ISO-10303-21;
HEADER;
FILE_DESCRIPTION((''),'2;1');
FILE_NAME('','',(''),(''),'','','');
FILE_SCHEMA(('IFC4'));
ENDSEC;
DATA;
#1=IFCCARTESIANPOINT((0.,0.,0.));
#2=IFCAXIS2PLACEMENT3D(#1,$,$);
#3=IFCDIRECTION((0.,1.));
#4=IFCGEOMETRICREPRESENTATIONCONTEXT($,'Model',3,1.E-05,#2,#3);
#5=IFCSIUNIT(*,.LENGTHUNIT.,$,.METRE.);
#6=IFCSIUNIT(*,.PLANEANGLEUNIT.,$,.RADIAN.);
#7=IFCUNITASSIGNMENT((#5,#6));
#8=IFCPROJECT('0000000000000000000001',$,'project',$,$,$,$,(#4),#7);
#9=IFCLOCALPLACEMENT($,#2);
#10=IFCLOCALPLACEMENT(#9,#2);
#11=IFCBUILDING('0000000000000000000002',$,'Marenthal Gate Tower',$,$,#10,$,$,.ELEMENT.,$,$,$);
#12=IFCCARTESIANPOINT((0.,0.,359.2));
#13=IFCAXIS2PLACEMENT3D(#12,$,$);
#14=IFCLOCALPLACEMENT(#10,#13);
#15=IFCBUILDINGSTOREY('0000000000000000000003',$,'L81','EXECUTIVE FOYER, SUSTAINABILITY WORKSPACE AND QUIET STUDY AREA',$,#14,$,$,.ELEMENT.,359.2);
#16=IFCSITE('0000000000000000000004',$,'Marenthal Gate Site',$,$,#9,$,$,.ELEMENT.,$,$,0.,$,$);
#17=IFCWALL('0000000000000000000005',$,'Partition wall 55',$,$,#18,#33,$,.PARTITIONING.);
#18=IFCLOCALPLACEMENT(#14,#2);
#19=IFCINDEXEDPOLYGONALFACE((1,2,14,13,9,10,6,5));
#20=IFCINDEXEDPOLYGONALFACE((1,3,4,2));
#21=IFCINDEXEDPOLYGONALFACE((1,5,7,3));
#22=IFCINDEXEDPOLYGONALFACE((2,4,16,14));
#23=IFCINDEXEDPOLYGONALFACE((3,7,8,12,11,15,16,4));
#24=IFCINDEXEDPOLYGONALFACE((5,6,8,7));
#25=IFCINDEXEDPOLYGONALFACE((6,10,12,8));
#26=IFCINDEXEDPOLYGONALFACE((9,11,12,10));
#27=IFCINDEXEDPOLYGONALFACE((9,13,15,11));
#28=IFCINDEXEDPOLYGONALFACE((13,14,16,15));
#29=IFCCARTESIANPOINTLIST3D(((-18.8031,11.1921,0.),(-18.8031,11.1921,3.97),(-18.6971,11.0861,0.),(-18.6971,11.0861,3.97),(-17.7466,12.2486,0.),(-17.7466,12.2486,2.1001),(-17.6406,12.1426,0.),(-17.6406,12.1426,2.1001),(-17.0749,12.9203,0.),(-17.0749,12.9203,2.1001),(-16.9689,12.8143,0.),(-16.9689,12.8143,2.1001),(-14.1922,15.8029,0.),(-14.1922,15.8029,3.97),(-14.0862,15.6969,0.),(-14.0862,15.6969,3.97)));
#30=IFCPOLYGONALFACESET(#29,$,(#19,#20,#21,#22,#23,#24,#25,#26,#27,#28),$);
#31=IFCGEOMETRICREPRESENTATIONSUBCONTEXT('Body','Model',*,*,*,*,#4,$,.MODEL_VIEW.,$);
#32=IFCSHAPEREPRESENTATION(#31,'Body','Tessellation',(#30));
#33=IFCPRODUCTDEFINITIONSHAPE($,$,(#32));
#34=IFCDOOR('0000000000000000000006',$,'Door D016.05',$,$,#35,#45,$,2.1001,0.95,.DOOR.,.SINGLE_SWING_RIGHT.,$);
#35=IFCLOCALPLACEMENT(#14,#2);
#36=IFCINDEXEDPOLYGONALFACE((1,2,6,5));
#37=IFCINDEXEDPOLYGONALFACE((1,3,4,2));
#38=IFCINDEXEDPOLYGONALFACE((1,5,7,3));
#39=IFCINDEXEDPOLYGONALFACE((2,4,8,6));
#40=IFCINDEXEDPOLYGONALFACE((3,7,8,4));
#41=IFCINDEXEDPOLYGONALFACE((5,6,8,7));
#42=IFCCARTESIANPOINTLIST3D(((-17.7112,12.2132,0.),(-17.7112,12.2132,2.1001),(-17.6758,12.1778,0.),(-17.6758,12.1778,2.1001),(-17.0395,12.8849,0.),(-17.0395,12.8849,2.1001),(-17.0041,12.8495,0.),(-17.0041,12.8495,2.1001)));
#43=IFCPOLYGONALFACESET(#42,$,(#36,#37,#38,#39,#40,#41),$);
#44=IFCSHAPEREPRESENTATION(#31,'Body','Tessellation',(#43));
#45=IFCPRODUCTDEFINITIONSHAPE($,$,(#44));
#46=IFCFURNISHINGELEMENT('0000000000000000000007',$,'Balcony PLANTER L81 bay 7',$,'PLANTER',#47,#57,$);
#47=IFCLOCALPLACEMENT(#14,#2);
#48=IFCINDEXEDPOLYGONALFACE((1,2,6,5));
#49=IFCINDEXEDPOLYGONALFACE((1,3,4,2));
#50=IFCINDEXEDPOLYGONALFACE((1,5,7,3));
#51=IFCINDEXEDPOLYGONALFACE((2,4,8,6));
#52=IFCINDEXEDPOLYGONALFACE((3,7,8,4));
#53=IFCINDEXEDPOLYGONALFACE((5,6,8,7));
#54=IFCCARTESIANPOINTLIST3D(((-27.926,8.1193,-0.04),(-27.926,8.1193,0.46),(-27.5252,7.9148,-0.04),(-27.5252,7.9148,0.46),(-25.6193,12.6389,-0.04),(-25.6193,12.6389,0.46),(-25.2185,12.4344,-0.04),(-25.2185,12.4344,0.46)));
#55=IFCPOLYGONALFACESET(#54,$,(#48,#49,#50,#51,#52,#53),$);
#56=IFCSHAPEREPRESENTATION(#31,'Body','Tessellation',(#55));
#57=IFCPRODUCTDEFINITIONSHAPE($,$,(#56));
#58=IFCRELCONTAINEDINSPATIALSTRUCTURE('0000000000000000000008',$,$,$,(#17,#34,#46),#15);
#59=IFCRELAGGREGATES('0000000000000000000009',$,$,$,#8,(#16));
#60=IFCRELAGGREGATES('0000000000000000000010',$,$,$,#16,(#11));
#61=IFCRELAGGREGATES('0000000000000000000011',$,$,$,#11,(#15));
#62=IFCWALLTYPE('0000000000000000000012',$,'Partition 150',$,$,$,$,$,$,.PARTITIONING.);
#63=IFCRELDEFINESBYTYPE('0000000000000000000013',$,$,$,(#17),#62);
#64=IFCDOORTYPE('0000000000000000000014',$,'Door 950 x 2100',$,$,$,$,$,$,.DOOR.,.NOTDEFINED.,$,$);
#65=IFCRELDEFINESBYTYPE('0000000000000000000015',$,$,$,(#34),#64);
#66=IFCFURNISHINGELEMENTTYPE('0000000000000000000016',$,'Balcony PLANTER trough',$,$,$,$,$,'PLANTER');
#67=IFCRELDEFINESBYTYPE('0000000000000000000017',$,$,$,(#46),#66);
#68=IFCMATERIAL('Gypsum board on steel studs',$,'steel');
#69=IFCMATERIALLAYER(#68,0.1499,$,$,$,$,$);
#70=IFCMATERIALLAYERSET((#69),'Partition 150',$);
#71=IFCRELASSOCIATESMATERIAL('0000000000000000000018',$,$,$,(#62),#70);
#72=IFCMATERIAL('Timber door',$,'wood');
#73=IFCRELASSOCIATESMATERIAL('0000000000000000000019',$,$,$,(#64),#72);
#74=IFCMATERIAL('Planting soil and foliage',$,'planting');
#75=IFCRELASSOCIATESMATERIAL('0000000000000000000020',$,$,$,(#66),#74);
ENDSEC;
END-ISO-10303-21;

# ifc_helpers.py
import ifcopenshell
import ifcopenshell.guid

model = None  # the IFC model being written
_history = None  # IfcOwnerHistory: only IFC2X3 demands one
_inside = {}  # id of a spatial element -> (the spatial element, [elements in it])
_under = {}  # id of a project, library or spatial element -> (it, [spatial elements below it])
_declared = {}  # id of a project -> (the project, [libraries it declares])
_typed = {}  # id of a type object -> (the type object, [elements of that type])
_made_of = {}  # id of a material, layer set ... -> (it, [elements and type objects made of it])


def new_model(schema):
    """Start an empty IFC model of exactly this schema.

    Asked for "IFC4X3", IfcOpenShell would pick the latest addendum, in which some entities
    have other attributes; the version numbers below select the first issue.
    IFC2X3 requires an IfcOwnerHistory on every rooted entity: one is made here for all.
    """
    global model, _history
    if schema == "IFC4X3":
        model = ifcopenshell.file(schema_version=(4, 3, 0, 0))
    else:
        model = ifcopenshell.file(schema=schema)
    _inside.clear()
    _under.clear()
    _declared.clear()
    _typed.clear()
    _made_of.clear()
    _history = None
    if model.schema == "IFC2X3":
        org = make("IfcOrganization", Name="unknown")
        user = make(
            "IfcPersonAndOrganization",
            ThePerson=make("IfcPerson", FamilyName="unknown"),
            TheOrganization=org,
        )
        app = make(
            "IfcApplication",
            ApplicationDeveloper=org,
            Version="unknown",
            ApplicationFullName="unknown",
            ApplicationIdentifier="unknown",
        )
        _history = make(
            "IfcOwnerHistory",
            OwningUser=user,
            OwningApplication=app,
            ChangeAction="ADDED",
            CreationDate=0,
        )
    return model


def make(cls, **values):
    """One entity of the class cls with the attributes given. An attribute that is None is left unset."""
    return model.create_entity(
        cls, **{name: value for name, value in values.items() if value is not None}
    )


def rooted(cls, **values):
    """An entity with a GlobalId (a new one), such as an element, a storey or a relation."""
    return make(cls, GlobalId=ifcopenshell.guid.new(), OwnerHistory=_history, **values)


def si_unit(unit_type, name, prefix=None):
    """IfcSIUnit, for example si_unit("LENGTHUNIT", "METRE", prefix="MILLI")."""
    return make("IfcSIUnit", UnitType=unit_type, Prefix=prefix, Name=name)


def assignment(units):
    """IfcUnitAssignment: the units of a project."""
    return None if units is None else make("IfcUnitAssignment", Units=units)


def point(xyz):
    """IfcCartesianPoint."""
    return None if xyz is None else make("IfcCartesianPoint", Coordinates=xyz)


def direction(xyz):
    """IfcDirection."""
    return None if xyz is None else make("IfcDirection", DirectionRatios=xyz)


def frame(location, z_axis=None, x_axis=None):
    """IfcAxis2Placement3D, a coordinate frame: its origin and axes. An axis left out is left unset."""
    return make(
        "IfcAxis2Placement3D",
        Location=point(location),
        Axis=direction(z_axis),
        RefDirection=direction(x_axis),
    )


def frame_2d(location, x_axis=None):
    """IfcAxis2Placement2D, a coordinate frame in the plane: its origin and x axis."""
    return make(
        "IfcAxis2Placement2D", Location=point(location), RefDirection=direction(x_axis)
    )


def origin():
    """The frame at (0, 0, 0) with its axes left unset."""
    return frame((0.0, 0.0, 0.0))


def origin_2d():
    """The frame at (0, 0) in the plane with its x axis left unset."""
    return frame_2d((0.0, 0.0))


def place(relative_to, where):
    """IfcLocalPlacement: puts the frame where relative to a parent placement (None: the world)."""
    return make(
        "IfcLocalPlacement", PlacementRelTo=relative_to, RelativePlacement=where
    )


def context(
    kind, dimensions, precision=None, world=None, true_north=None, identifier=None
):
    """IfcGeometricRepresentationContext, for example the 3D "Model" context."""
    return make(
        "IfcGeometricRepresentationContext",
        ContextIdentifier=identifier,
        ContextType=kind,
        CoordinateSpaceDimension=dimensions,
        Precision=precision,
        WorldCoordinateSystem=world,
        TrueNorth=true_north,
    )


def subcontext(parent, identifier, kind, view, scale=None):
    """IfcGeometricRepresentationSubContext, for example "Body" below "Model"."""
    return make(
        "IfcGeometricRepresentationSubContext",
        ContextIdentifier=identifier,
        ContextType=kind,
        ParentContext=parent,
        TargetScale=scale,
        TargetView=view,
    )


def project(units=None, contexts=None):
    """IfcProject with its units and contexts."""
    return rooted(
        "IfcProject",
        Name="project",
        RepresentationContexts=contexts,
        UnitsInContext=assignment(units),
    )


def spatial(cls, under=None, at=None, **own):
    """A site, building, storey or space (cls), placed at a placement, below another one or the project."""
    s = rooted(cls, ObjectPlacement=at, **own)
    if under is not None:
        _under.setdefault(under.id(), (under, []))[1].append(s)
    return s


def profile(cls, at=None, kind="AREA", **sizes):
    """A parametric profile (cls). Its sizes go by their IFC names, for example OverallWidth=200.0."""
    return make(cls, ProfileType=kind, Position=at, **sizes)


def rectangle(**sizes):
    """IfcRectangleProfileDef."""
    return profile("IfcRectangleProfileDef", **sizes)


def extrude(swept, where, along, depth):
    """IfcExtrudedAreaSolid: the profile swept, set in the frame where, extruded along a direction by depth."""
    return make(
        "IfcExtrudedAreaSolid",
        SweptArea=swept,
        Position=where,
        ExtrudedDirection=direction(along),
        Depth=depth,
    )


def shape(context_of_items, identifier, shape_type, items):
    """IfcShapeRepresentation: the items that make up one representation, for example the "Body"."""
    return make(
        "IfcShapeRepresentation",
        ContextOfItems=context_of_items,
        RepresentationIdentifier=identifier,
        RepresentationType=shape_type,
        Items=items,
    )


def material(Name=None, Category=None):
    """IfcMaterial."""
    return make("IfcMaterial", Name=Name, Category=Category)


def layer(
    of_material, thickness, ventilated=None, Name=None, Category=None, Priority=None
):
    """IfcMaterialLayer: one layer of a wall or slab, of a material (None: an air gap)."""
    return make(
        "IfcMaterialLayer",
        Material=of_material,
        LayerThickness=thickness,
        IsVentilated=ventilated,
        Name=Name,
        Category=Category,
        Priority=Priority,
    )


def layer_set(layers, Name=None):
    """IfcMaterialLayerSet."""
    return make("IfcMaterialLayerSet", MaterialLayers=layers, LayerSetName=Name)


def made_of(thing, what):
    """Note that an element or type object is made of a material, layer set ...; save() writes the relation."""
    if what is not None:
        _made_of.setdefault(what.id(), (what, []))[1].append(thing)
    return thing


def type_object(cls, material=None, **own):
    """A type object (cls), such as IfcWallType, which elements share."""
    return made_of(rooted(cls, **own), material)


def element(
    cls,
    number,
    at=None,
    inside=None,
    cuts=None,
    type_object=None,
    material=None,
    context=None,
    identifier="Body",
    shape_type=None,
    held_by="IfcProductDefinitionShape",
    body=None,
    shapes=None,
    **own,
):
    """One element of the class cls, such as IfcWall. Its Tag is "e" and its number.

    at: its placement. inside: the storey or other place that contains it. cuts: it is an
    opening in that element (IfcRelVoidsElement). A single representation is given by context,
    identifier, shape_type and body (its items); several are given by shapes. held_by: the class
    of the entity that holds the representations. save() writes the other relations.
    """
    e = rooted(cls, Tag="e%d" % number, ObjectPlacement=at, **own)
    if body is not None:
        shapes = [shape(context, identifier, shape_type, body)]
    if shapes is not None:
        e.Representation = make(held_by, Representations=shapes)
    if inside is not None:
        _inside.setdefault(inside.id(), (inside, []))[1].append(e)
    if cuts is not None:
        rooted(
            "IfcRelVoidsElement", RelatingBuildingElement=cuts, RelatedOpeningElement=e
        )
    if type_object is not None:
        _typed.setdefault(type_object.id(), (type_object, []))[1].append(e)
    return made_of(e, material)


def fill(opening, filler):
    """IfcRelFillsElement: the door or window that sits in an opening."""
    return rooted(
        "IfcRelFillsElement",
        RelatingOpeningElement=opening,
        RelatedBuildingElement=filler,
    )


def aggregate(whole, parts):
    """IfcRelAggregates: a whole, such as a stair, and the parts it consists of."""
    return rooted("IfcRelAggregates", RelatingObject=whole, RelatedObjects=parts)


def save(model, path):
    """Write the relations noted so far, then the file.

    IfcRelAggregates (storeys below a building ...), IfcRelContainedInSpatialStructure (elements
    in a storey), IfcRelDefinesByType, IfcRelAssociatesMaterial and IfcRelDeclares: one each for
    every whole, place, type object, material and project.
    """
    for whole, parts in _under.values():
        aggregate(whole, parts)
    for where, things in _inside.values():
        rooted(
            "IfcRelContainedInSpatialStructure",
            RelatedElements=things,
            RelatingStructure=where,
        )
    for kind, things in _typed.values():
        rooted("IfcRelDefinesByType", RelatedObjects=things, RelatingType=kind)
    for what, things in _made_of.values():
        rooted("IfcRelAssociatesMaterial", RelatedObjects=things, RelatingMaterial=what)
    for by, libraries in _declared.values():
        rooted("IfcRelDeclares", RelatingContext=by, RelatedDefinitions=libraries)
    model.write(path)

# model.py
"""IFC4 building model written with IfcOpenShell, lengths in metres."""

from ifc_helpers import new_model, si_unit, direction, frame, frame_2d, origin, origin_2d, place, context, subcontext, project, spatial, rectangle, extrude, material, layer, layer_set, type_object, element, fill, save


model = new_model("IFC4")

# Units and contexts
model_context = context("Model", 3, precision=1e-05, world=origin(), true_north=direction((0.0, 1.0)))
body_context = subcontext(model_context, "Body", "Model", "MODEL_VIEW")
ifc_project = project(units=[si_unit("LENGTHUNIT", "METRE"), si_unit("PLANEANGLEUNIT", "RADIAN")], contexts=[model_context])

# Site, building, storey
site_placement = place(None, origin())
site = spatial("IfcSite", under=ifc_project, at=site_placement, Name="Marenthal Gate Site", CompositionType="ELEMENT", RefElevation=0.0)
building_placement = place(site_placement, origin())
building = spatial("IfcBuilding", under=site, at=building_placement, Name="Marenthal Gate Tower", CompositionType="ELEMENT")
storey_placement = place(building_placement, frame((0.0, 0.0, 359.2)))
storey = spatial("IfcBuildingStorey", under=building, at=storey_placement, Name="L81", Description="EXECUTIVE FOYER, SUSTAINABILITY WORKSPACE AND QUIET STUDY AREA", CompositionType="ELEMENT", Elevation=359.2)

# Wall, opening, door
ifc_material_1 = material(Name="Gypsum board on steel studs", Category="steel")
ifc_layer_1 = layer(ifc_material_1, 0.1499)
ifc_layer_set_1 = layer_set([ifc_layer_1], Name="Partition 150")
wall_type_1 = type_object("IfcWallType", Name="Partition 150", PredefinedType="PARTITIONING", material=ifc_layer_set_1)
wall_1_placement = place(storey_placement, frame((-18.75, 11.1392, 0.0), z_axis=(0.0, 0.0, 1.0), x_axis=(0.707107, 0.707107, 0.0)))
wall_1 = element("IfcWall", 1, at=wall_1_placement, inside=storey, type_object=wall_type_1, Name="Partition wall 55", PredefinedType="PARTITIONING", context=body_context, shape_type="SweptSolid", body=[
    extrude(rectangle(XDim=6.5208, YDim=0.1499, at=frame_2d((3.2603, 0.0))), origin(), (0.0, 0.0, 1.0), 3.97),
])
opening_1_placement = place(wall_1_placement, frame((1.4939, 0.0, 0.0)))
opening_1 = element("IfcOpeningElement", 2, at=opening_1_placement, cuts=wall_1, PredefinedType="OPENING", context=body_context, shape_type="SweptSolid", body=[
    extrude(rectangle(XDim=0.95, YDim=2.1001, at=frame_2d((0.4751, 1.05))), frame((0.0, 0.085, 0.0), z_axis=(0.0, -1.0, 0.0), x_axis=(1.0, 0.0, 0.0)), (0.0, 0.0, 1.0), 0.1699),
])
ifc_material_2 = material(Name="Timber door", Category="wood")
door_type_1 = type_object("IfcDoorType", Name="Door 950 x 2100", OperationType="NOTDEFINED", PredefinedType="DOOR", material=ifc_material_2)
door_1_placement = place(opening_1_placement, origin())
door_1 = element("IfcDoor", 3, at=door_1_placement, inside=storey, type_object=door_type_1, Name="Door D016.05", OperationType="SINGLE_SWING_RIGHT", OverallHeight=2.1001, OverallWidth=0.95, PredefinedType="DOOR", context=body_context, shape_type="SweptSolid", body=[
    extrude(rectangle(XDim=0.95, YDim=2.1001, at=frame_2d((0.4751, 1.05))), frame((0.0, 0.0249, 0.0), z_axis=(0.0, -1.0, 0.0), x_axis=(1.0, 0.0, 0.0)), (0.0, 0.0, 1.0), 0.05),
])
fill(opening_1, door_1)

# Furnishing element
ifc_material_3 = material(Name="Planting soil and foliage", Category="planting")
furnishing_element_type = type_object("IfcFurnishingElementType", Name="Balcony PLANTER trough", ElementType="PLANTER", material=ifc_material_3)
furnishing_placement = place(storey_placement, frame((-26.5723, 10.2769, -0.04), z_axis=(0.0, 0.0, 1.0), x_axis=(-0.454596, -0.890698, 0.0)))
element("IfcFurnishingElement", 4, at=furnishing_placement, inside=storey, type_object=furnishing_element_type, Name="Balcony PLANTER L81 bay 7", ObjectType="PLANTER", context=body_context, shape_type="SweptSolid", body=[
    extrude(rectangle(XDim=5.0742, YDim=0.45, at=origin_2d()), origin(), (0.0, 0.0, 1.0), 0.5),
])

save(model, "model.ifc")
